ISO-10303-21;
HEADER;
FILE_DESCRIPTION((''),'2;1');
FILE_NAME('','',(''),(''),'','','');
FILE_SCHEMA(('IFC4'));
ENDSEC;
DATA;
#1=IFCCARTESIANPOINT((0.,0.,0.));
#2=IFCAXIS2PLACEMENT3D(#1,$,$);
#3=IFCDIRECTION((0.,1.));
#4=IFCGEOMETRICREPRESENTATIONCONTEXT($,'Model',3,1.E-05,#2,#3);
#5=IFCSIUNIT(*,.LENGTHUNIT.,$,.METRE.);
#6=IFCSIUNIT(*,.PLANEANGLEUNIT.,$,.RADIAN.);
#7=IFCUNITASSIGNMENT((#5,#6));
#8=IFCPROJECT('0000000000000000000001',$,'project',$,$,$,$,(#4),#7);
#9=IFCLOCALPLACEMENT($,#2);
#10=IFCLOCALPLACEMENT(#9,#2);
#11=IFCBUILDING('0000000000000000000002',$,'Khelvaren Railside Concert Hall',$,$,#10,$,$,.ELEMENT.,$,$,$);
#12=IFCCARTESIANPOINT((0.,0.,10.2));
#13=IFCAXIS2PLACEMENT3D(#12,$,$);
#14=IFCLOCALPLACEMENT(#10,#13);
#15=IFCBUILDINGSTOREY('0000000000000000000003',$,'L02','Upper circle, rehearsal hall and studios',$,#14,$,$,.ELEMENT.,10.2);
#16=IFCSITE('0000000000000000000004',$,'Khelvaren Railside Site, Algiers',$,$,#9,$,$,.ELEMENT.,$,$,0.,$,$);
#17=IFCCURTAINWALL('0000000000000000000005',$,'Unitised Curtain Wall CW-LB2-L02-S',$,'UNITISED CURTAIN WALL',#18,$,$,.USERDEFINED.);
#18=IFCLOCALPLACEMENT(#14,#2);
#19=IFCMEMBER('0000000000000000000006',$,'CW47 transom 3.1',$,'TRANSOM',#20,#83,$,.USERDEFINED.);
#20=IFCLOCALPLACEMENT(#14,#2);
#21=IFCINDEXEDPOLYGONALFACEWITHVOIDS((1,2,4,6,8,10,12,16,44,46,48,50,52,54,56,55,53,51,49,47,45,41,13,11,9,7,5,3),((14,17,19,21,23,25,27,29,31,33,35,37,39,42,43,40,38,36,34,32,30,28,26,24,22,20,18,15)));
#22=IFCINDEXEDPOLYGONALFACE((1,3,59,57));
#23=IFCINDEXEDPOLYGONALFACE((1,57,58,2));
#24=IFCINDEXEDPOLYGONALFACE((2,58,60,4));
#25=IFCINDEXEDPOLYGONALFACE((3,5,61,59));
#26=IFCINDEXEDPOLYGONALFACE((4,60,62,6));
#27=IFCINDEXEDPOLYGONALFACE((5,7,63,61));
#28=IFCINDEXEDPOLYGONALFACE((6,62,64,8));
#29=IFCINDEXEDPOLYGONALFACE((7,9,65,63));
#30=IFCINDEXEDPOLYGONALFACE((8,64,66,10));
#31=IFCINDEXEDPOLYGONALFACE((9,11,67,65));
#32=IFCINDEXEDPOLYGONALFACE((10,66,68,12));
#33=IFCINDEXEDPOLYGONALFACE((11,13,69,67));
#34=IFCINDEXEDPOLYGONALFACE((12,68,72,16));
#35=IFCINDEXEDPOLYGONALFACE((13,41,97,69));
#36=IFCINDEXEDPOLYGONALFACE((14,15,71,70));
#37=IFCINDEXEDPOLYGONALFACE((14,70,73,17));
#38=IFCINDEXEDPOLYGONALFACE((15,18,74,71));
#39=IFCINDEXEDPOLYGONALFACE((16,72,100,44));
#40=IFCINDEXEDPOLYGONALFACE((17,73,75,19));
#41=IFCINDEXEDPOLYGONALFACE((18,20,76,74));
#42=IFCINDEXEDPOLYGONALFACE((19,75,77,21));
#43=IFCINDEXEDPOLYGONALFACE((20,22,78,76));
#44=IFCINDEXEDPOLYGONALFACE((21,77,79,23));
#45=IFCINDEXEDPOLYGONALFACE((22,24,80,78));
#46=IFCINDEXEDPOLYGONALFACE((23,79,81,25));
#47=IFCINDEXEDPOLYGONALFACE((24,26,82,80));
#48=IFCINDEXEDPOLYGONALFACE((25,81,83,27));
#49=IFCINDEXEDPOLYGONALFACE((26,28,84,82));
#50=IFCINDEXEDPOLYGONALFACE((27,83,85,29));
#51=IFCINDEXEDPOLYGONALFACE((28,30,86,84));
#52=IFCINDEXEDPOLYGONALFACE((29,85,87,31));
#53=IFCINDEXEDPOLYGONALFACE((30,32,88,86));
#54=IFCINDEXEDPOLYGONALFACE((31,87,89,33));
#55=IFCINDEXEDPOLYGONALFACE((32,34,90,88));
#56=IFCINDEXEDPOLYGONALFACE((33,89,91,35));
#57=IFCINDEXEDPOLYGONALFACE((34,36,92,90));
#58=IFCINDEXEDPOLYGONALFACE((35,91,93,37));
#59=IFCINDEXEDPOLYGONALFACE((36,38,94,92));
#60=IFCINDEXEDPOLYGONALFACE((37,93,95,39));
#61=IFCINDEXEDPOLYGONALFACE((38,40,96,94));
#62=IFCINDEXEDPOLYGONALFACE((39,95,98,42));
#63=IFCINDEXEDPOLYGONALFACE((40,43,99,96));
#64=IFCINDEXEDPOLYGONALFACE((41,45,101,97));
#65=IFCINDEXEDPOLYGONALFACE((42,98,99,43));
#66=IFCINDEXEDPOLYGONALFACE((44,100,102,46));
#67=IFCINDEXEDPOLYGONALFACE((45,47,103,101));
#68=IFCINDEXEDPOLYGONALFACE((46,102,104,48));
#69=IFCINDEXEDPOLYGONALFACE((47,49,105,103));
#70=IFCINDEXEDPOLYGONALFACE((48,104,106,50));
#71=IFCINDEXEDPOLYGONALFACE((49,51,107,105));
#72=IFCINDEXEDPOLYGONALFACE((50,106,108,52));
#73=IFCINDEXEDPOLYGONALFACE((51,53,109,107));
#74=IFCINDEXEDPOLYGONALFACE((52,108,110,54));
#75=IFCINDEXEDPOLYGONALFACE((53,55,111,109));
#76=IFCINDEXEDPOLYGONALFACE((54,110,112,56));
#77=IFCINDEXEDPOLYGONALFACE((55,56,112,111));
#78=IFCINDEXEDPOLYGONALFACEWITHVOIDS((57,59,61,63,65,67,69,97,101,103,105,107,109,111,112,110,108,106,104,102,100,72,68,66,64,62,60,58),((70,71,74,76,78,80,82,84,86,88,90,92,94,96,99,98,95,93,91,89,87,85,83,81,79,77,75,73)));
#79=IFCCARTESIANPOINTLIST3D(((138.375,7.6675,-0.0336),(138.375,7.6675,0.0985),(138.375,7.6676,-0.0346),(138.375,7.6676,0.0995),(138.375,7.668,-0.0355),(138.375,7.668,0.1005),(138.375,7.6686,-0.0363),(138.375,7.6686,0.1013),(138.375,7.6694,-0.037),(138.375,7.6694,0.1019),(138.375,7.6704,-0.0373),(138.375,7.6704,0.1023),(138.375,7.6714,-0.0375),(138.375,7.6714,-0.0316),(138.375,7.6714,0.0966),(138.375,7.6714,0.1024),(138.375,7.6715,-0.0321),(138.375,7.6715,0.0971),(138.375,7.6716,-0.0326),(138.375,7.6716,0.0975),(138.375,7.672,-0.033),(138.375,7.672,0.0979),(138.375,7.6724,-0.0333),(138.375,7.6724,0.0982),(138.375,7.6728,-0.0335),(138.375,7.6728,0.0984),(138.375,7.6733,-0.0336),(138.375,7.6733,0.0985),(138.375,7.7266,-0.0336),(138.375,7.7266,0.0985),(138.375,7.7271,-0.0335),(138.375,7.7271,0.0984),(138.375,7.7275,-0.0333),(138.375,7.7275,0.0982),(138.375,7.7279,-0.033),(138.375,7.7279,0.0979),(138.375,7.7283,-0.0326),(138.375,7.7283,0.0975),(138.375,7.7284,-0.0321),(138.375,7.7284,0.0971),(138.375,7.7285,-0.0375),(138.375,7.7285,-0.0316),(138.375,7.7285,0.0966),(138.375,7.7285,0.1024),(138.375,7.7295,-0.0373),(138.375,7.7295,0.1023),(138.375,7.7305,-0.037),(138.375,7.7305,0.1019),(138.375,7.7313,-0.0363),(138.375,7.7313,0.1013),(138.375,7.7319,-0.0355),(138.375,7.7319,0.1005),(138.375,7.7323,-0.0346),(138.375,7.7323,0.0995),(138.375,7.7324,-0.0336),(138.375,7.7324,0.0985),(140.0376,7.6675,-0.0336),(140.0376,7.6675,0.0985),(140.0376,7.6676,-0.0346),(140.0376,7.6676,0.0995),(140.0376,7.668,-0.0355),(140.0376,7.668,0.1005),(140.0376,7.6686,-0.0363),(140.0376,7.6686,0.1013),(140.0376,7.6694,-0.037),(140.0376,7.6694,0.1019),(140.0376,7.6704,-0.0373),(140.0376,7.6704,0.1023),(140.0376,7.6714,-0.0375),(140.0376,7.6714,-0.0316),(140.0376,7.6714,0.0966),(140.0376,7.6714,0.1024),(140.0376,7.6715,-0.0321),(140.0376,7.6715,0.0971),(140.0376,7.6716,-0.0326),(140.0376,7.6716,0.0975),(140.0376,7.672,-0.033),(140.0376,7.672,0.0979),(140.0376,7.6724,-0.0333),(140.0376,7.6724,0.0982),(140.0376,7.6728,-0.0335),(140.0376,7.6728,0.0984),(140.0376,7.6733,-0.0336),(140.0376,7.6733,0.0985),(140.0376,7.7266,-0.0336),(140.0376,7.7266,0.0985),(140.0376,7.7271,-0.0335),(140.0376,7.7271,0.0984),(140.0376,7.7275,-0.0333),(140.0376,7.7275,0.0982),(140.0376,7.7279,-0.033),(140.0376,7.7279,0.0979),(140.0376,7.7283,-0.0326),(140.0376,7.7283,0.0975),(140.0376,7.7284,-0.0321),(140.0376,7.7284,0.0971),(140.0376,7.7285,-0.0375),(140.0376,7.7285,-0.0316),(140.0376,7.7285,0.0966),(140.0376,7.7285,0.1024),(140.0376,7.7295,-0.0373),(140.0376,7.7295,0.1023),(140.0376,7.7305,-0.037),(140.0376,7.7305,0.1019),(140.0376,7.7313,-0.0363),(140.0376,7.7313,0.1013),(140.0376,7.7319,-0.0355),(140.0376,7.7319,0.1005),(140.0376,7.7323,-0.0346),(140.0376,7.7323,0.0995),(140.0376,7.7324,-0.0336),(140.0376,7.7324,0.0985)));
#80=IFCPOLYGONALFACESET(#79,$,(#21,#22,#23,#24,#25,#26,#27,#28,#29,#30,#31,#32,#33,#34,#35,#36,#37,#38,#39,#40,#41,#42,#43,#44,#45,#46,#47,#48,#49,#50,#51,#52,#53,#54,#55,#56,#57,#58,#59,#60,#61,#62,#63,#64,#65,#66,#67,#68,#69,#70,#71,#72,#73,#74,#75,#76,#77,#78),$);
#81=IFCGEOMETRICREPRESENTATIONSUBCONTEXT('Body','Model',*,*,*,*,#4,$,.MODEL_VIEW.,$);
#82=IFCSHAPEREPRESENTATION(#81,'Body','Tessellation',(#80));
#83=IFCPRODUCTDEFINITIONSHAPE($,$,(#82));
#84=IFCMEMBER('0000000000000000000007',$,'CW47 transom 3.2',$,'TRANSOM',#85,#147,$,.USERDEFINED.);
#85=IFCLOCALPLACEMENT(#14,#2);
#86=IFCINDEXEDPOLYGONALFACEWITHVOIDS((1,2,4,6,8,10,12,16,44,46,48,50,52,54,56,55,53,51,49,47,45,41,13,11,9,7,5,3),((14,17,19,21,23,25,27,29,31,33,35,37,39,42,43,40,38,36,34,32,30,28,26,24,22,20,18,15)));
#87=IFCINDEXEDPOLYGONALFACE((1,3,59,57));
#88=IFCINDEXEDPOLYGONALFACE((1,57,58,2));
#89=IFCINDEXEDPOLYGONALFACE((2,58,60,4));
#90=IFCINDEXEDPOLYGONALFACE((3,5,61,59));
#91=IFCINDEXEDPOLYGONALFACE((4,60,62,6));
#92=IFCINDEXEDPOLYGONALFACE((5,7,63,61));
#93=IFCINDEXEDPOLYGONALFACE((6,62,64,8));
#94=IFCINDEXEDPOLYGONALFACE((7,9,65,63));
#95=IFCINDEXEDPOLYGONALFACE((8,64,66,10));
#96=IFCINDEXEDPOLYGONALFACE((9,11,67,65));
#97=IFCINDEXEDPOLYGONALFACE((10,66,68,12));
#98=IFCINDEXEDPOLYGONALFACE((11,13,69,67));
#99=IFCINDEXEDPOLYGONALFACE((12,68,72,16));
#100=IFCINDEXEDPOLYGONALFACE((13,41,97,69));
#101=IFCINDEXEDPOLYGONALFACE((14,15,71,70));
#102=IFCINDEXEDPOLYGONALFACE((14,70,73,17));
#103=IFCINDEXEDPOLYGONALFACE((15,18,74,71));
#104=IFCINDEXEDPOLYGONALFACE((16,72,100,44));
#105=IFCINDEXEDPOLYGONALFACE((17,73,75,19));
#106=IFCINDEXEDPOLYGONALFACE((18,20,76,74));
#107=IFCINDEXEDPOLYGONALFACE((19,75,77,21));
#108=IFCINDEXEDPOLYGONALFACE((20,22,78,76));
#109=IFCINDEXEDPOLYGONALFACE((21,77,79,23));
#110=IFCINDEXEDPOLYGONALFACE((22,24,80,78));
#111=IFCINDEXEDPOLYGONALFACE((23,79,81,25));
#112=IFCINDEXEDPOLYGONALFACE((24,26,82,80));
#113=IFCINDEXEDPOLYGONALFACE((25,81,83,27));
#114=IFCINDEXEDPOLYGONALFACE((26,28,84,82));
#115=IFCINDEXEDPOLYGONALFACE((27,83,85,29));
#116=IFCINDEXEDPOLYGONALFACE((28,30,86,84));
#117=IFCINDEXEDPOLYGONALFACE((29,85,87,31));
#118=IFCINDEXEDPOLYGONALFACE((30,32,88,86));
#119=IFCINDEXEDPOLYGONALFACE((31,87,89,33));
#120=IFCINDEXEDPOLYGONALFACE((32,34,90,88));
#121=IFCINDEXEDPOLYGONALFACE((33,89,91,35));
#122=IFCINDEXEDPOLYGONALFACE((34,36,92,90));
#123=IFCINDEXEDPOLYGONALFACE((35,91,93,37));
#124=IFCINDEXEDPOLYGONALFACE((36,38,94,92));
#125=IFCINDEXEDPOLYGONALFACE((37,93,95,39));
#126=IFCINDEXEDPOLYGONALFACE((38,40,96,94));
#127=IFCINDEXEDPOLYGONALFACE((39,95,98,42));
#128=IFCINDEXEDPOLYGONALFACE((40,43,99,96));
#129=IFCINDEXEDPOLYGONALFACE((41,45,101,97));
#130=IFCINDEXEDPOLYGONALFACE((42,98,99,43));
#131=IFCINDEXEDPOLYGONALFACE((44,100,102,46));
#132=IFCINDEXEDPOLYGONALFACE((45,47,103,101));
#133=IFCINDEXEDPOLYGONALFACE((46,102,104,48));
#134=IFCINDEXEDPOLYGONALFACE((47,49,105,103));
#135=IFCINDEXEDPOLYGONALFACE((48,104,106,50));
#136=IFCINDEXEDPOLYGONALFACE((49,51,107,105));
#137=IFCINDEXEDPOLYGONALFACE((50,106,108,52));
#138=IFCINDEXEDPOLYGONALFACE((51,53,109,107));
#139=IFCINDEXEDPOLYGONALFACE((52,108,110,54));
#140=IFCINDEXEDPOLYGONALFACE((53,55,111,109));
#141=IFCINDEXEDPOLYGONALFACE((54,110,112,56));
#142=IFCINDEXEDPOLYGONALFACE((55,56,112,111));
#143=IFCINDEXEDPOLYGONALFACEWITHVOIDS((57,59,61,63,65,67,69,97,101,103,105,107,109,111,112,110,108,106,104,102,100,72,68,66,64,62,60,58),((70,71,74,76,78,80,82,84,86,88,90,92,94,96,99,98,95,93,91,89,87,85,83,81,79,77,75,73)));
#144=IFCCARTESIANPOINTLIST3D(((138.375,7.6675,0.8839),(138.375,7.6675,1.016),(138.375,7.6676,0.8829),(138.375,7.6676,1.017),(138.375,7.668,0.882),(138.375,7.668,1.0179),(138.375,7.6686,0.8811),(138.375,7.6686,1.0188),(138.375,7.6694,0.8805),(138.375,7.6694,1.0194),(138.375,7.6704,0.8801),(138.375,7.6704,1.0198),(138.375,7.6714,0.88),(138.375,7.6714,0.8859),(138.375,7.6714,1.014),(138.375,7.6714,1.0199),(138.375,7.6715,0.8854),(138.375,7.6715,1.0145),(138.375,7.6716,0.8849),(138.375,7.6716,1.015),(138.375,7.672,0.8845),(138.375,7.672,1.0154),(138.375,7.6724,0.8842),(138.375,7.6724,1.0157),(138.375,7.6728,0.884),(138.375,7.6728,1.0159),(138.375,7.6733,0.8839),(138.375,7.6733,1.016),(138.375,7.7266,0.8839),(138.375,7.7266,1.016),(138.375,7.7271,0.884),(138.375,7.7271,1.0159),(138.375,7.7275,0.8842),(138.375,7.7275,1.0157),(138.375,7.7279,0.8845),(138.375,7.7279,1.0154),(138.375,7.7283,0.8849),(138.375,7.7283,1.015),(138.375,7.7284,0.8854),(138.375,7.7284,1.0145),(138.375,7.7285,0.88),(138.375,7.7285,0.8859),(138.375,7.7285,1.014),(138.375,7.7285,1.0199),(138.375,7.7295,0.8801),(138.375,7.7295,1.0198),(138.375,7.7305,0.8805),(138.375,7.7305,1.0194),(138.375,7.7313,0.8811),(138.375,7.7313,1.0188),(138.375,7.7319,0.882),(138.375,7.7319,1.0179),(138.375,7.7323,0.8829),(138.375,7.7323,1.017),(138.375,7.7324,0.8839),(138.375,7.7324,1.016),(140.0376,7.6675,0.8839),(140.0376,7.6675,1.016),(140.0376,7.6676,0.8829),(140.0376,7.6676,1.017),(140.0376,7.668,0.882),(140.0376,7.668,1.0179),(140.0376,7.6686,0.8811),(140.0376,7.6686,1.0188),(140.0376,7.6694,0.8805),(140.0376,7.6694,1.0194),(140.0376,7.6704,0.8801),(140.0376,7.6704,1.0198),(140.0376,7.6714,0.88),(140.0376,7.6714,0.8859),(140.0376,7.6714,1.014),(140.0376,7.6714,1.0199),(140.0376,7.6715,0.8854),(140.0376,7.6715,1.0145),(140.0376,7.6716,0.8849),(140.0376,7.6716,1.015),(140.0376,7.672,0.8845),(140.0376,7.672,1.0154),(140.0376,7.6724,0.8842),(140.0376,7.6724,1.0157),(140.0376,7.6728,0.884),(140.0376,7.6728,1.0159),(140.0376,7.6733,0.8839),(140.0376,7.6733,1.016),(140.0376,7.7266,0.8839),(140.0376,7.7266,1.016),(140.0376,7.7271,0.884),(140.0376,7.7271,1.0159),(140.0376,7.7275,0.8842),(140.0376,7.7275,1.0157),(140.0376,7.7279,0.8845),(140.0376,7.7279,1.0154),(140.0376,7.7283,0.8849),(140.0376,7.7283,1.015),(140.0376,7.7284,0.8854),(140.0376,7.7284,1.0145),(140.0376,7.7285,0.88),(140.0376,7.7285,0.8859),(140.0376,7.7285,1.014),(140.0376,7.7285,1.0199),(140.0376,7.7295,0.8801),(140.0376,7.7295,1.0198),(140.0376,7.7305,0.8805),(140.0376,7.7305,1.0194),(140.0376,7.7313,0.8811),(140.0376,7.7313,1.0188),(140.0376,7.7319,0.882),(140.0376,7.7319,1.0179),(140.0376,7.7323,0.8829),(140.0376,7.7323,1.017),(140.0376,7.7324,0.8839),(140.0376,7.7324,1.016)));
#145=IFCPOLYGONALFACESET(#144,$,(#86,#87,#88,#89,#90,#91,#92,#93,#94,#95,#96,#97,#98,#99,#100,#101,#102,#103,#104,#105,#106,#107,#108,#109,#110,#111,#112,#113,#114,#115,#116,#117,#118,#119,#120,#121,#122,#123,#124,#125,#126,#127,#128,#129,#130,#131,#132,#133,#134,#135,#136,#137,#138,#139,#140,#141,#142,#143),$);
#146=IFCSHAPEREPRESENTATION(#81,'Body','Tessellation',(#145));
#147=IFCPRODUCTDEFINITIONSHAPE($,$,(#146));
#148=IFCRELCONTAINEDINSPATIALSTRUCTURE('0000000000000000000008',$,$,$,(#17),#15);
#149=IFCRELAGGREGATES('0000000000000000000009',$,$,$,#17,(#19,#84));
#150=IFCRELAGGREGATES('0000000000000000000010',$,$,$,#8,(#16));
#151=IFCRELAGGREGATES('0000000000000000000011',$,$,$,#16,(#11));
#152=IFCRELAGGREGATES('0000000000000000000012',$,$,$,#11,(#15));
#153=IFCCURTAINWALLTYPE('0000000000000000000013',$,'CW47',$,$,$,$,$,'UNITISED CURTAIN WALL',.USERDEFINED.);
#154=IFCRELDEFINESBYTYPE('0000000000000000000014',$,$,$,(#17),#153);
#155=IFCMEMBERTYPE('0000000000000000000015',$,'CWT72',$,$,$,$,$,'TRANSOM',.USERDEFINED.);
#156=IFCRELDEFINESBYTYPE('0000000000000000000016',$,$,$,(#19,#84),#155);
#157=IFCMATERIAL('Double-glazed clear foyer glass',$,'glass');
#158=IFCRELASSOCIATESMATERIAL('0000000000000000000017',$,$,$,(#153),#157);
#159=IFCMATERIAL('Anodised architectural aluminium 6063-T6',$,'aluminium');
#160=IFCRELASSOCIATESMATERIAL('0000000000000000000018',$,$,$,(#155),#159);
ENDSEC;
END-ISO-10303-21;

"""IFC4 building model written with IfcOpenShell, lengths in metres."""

from ifc_helpers import new_model, si_unit, direction, frame, origin, origin_2d, place, context, subcontext, project, spatial, hollow_rectangle, extrude, material, material_profile, profile_set, type_object, element, aggregate, save


model = new_model("IFC4")

# Units and contexts
model_context = context("Model", 3, precision=1e-05, world=origin(), true_north=direction((0.0, 1.0)))
body_context = subcontext(model_context, "Body", "Model", "MODEL_VIEW")
ifc_project = project(units=[si_unit("LENGTHUNIT", "METRE"), si_unit("PLANEANGLEUNIT", "RADIAN")], contexts=[model_context])

# Site, building, storey
site_placement = place(None, origin())
site = spatial("IfcSite", under=ifc_project, at=site_placement, Name="Khelvaren Railside Site, Algiers", CompositionType="ELEMENT", RefElevation=0.0)
building_placement = place(site_placement, origin())
building = spatial("IfcBuilding", under=site, at=building_placement, Name="Khelvaren Railside Concert Hall", CompositionType="ELEMENT")
storey_placement = place(building_placement, frame((0.0, 0.0, 10.2)))
storey = spatial("IfcBuildingStorey", under=building, at=storey_placement, Name="L02", Description="Upper circle, rehearsal hall and studios", CompositionType="ELEMENT", Elevation=10.2)

# Curtain wall
ifc_material_1 = material(Name="Double-glazed clear foyer glass", Category="glass")
curtain_wall_type = type_object("IfcCurtainWallType", Name="CW47", ElementType="UNITISED CURTAIN WALL", PredefinedType="USERDEFINED", material=ifc_material_1)
curtain_wall_1_placement = place(storey_placement, origin())
curtain_wall_1 = element("IfcCurtainWall", 1, at=curtain_wall_1_placement, inside=storey, type_object=curtain_wall_type, Name="Unitised Curtain Wall CW-LB2-L02-S", ObjectType="UNITISED CURTAIN WALL", PredefinedType="USERDEFINED")
ifc_material_2 = material(Name="Anodised architectural aluminium 6063-T6", Category="aluminium")

# Members
ifc_material_profile_1 = material_profile(ifc_material_2, hollow_rectangle(XDim=0.0649, YDim=0.1399, WallThickness=0.0039, InnerFilletRadius=0.002, OuterFilletRadius=0.0039, at=origin_2d()), Name="CWT 65x140x4")
ifc_profile_set_1 = profile_set([ifc_material_profile_1], Name="Anodised architectural aluminium 6063-T6")
member_type_1 = type_object("IfcMemberType", Name="CWT72", ElementType="TRANSOM", PredefinedType="USERDEFINED", material=ifc_profile_set_1)
member_1_placement = place(storey_placement, frame((140.0376, 7.7, 0.0325), z_axis=(-1.0, 0.0, 0.0), x_axis=(0.0, -1.0, 0.0)))
member_1 = element("IfcMember", 2, at=member_1_placement, type_object=member_type_1, Name="CW47 transom 3.1", ObjectType="TRANSOM", PredefinedType="USERDEFINED", context=body_context, shape_type="SweptSolid", body=[
    extrude(hollow_rectangle(XDim=0.0649, YDim=0.1399, WallThickness=0.0039, InnerFilletRadius=0.002, OuterFilletRadius=0.0039, at=origin_2d()), origin(), (0.0, 0.0, 1.0), 1.6626),
])
member_2_placement = place(storey_placement, frame((140.0376, 7.7, 0.95), z_axis=(-1.0, 0.0, 0.0), x_axis=(0.0, -1.0, 0.0)))
member_2 = element("IfcMember", 3, at=member_2_placement, type_object=member_type_1, Name="CW47 transom 3.2", ObjectType="TRANSOM", PredefinedType="USERDEFINED", context=body_context, shape_type="SweptSolid", body=[
    extrude(hollow_rectangle(XDim=0.0649, YDim=0.1399, WallThickness=0.0039, InnerFilletRadius=0.002, OuterFilletRadius=0.0039, at=origin_2d()), origin(), (0.0, 0.0, 1.0), 1.6626),
])

aggregate(curtain_wall_1, [member_1, member_2])

save(model, "model.ifc")
